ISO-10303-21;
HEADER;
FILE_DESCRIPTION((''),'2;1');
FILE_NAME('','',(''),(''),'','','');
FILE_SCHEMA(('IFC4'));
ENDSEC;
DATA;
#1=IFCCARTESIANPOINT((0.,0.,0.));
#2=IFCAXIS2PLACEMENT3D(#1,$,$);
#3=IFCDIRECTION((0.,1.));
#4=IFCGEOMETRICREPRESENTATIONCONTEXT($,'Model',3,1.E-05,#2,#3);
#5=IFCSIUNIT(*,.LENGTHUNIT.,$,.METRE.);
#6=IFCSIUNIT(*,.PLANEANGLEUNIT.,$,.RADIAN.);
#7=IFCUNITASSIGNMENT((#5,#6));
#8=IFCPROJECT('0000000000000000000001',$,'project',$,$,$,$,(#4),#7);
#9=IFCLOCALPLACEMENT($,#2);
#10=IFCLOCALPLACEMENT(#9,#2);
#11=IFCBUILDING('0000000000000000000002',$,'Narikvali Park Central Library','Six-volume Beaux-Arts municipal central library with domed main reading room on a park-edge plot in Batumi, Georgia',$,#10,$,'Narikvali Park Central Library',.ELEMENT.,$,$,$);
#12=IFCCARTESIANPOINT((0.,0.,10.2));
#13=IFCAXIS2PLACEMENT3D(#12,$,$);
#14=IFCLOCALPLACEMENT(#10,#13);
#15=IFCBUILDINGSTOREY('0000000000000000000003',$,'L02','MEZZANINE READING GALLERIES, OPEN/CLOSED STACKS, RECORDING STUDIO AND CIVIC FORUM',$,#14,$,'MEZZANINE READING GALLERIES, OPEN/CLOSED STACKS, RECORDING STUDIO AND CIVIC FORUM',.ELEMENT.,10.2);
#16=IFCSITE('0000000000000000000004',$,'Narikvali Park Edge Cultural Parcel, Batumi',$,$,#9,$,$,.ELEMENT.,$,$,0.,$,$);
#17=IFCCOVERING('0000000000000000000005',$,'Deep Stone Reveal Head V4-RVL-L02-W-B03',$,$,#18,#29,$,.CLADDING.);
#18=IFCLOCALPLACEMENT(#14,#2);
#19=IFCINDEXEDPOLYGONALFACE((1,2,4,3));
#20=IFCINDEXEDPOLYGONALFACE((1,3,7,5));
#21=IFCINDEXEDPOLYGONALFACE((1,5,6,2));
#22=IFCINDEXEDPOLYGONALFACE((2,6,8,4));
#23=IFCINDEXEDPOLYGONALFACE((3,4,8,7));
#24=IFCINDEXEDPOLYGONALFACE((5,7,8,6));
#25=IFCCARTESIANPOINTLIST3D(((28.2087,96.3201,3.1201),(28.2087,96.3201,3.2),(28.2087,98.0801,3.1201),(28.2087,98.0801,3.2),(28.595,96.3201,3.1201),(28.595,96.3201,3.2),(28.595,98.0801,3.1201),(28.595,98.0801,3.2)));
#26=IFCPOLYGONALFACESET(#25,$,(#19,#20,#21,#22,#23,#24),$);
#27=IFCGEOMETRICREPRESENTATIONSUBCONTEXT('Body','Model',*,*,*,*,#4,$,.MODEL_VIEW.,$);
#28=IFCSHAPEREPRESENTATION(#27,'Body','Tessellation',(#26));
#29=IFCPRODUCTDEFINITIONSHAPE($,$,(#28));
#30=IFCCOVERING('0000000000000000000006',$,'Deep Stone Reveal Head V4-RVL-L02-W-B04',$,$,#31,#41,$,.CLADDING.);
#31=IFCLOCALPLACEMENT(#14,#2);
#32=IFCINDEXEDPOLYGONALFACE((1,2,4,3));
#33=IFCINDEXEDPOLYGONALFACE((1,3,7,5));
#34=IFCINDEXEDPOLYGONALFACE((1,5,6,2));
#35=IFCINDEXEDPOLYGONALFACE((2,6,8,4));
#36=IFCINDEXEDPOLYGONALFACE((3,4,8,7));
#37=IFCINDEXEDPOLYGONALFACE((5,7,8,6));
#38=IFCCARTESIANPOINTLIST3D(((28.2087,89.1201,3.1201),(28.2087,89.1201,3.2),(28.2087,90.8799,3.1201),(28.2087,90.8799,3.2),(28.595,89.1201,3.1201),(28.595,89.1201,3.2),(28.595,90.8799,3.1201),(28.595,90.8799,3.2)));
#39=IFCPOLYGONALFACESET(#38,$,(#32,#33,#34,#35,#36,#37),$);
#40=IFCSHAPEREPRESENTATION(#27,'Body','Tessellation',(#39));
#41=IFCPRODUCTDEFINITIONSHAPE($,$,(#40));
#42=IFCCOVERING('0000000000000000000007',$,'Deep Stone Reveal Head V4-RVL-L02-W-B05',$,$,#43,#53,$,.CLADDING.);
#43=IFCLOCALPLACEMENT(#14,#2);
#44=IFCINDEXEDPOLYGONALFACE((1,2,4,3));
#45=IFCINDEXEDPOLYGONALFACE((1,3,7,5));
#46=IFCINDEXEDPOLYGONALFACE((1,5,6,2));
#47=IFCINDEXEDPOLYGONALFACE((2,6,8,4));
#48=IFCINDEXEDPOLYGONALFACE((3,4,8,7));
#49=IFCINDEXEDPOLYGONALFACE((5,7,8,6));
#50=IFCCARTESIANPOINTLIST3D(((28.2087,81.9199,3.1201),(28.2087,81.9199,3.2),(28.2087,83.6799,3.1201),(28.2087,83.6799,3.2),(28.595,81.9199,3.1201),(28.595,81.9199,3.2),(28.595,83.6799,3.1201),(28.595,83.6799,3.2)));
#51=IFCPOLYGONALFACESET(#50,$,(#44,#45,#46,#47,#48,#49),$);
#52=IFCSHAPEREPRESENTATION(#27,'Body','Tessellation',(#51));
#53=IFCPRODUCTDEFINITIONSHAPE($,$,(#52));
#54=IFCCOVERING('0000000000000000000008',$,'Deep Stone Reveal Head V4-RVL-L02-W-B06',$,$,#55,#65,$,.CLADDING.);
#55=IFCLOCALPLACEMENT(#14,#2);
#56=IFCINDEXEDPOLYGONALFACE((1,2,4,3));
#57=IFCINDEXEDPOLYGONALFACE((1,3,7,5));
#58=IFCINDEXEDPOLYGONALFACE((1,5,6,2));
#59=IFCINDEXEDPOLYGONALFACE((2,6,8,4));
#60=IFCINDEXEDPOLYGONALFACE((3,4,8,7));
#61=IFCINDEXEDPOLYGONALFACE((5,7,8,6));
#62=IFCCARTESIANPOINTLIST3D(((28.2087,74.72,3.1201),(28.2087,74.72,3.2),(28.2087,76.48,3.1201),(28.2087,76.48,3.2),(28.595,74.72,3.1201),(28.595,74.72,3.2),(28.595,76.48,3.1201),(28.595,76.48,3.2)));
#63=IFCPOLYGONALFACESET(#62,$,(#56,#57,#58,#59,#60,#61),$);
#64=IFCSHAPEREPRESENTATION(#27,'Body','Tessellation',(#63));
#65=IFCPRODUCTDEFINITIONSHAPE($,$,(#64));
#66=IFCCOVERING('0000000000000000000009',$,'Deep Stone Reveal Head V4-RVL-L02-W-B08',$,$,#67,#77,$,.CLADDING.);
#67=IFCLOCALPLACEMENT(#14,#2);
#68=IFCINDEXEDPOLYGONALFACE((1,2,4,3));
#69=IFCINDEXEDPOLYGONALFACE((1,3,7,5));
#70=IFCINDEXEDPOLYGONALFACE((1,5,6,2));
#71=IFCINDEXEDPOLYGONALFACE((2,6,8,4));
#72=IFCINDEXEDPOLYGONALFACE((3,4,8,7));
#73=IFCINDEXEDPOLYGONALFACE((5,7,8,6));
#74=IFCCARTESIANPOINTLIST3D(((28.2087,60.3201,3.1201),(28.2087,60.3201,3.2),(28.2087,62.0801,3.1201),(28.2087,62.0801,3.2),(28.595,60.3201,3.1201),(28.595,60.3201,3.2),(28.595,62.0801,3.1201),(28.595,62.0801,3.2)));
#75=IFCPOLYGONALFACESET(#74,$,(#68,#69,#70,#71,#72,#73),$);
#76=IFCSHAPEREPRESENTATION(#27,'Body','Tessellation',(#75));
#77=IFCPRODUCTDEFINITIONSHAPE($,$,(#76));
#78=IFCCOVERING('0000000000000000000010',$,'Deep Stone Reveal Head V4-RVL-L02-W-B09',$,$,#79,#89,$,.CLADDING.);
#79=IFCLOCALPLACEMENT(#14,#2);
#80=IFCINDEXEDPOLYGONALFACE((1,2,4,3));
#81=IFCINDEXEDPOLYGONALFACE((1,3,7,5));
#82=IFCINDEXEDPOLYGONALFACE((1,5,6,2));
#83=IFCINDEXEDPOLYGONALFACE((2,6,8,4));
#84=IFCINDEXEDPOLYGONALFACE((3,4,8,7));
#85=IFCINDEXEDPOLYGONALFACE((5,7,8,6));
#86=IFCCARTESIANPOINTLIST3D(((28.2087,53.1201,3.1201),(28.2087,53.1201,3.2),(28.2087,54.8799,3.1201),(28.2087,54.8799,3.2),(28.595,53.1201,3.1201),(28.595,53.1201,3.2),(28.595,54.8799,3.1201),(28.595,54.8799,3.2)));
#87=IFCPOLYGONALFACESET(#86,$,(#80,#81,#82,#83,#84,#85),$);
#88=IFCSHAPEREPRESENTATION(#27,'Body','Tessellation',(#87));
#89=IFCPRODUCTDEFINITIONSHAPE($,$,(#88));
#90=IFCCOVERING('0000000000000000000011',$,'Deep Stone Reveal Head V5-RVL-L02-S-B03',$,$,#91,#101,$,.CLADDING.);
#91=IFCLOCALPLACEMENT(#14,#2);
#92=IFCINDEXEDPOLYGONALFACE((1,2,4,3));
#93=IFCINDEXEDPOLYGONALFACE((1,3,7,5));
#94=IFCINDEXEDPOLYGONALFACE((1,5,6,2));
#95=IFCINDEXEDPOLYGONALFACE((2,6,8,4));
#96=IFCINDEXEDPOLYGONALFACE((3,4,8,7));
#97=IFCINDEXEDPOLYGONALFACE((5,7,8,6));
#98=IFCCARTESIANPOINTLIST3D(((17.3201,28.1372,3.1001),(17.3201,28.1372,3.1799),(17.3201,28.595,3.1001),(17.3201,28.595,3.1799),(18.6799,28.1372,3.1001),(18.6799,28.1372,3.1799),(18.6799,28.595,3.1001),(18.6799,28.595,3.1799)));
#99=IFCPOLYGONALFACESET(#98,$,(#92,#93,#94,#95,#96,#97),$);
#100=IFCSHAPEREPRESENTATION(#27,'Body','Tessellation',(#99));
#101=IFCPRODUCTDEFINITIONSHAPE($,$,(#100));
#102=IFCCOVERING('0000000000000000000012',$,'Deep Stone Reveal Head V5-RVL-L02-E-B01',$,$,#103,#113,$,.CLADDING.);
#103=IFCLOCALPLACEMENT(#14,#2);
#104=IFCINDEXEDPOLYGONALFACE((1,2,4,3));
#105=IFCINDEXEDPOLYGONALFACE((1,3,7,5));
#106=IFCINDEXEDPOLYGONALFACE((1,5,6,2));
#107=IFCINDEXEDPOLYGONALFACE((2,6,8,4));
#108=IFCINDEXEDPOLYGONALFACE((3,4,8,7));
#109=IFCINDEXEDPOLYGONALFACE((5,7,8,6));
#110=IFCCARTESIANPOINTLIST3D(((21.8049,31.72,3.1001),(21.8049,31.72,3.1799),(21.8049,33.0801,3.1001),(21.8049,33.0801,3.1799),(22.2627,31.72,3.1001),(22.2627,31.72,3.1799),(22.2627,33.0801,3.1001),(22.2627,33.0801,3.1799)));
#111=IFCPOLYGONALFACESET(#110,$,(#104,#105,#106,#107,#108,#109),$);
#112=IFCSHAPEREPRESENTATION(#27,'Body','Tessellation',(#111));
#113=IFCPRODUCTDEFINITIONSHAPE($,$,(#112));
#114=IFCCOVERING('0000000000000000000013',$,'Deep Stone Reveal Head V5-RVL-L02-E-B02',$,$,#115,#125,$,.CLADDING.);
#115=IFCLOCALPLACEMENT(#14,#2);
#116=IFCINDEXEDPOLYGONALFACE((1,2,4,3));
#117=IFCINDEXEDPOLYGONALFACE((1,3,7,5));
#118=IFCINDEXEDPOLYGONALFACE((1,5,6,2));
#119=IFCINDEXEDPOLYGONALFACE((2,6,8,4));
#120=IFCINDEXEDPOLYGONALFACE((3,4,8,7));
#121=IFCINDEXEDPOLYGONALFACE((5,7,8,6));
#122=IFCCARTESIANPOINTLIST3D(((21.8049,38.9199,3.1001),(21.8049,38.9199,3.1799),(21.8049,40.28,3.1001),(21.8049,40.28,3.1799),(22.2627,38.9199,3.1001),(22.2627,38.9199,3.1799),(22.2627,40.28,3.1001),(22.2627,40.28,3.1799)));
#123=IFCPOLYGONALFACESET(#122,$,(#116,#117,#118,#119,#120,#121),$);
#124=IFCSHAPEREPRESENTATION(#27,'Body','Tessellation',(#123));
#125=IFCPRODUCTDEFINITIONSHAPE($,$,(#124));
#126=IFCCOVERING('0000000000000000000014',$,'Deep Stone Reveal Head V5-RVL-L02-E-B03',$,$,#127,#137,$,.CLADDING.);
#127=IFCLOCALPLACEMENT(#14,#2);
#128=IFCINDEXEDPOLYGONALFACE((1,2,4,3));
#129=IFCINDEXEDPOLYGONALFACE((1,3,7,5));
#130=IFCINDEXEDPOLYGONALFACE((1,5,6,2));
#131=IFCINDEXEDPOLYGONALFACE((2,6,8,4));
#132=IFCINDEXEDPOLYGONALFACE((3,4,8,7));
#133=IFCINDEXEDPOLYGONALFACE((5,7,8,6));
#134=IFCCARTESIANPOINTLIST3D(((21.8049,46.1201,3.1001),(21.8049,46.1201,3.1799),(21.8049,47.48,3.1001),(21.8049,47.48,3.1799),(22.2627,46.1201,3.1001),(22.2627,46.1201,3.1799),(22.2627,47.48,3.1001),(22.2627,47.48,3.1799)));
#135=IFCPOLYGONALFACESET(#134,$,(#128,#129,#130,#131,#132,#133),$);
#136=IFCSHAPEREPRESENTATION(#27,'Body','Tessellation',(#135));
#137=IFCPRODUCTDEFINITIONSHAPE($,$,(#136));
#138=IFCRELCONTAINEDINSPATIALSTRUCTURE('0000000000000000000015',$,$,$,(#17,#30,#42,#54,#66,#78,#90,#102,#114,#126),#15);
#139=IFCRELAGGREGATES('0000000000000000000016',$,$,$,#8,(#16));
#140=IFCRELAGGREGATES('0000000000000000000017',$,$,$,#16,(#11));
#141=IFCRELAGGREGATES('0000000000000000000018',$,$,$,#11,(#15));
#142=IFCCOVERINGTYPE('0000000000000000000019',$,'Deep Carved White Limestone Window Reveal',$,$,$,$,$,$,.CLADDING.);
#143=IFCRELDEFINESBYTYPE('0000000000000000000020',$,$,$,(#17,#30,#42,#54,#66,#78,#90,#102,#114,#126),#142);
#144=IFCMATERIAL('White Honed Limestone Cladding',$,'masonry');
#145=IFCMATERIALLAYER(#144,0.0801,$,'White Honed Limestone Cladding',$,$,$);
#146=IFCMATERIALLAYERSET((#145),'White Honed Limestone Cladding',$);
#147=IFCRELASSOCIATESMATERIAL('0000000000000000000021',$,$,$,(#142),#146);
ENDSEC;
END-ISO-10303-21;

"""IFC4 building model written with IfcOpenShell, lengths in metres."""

from ifc_helpers import new_model, si_unit, direction, frame, origin, place, context, subcontext, project, spatial, polyline, outline, extrude, material, layer, layer_set, type_object, element, save


model = new_model("IFC4")

# Units and contexts
model_context = context("Model", 3, precision=1e-05, world=origin(), true_north=direction((0.0, 1.0)))
body_context = subcontext(model_context, "Body", "Model", "MODEL_VIEW")
ifc_project = project(units=[si_unit("LENGTHUNIT", "METRE"), si_unit("PLANEANGLEUNIT", "RADIAN")], contexts=[model_context])

# Site, building, storey
site_placement = place(None, origin())
site = spatial("IfcSite", under=ifc_project, at=site_placement, Name="Narikvali Park Edge Cultural Parcel, Batumi", CompositionType="ELEMENT", RefElevation=0.0)
building_placement = place(site_placement, origin())
building = spatial("IfcBuilding", under=site, at=building_placement, Name="Narikvali Park Central Library", Description="Six-volume Beaux-Arts municipal central library with domed main reading room on a park-edge plot in Batumi, Georgia", LongName="Narikvali Park Central Library", CompositionType="ELEMENT")
storey_placement = place(building_placement, frame((0.0, 0.0, 10.2)))
storey = spatial("IfcBuildingStorey", under=building, at=storey_placement, Name="L02", Description="MEZZANINE READING GALLERIES, OPEN/CLOSED STACKS, RECORDING STUDIO AND CIVIC FORUM", LongName="MEZZANINE READING GALLERIES, OPEN/CLOSED STACKS, RECORDING STUDIO AND CIVIC FORUM", CompositionType="ELEMENT", Elevation=10.2)

# Coverings
ifc_material = material(Name="White Honed Limestone Cladding", Category="masonry")
ifc_layer = layer(ifc_material, 0.0801, Name="White Honed Limestone Cladding")
ifc_layer_set = layer_set([ifc_layer], Name="White Honed Limestone Cladding")
covering_type = type_object("IfcCoveringType", Name="Deep Carved White Limestone Window Reveal", PredefinedType="CLADDING", material=ifc_layer_set)
covering_1_placement = place(storey_placement, frame((0.0, 0.0, 3.1201)))
element("IfcCovering", 1, at=covering_1_placement, inside=storey, type_object=covering_type, Name="Deep Stone Reveal Head V4-RVL-L02-W-B03", PredefinedType="CLADDING", context=body_context, shape_type="SweptSolid", body=[
    extrude(outline(polyline([(28.595, 98.0801), (28.595, 96.3201), (28.2087, 96.3201), (28.2087, 98.0801), (28.595, 98.0801)])), origin(), (0.0, 0.0, 1.0), 0.0798),
])
covering_2_placement = place(storey_placement, frame((0.0, 0.0, 3.1201)))
element("IfcCovering", 2, at=covering_2_placement, inside=storey, type_object=covering_type, Name="Deep Stone Reveal Head V4-RVL-L02-W-B04", PredefinedType="CLADDING", context=body_context, shape_type="SweptSolid", body=[
    extrude(outline(polyline([(28.595, 90.8799), (28.595, 89.1201), (28.2087, 89.1201), (28.2087, 90.8799), (28.595, 90.8799)])), origin(), (0.0, 0.0, 1.0), 0.0798),
])
covering_3_placement = place(storey_placement, frame((0.0, 0.0, 3.1201)))
element("IfcCovering", 3, at=covering_3_placement, inside=storey, type_object=covering_type, Name="Deep Stone Reveal Head V4-RVL-L02-W-B05", PredefinedType="CLADDING", context=body_context, shape_type="SweptSolid", body=[
    extrude(outline(polyline([(28.595, 83.6799), (28.595, 81.9199), (28.2087, 81.9199), (28.2087, 83.6799), (28.595, 83.6799)])), origin(), (0.0, 0.0, 1.0), 0.0798),
])
covering_4_placement = place(storey_placement, frame((0.0, 0.0, 3.1201)))
element("IfcCovering", 4, at=covering_4_placement, inside=storey, type_object=covering_type, Name="Deep Stone Reveal Head V4-RVL-L02-W-B06", PredefinedType="CLADDING", context=body_context, shape_type="SweptSolid", body=[
    extrude(outline(polyline([(28.595, 76.48), (28.595, 74.72), (28.2087, 74.72), (28.2087, 76.48), (28.595, 76.48)])), origin(), (0.0, 0.0, 1.0), 0.0798),
])
covering_5_placement = place(storey_placement, frame((0.0, 0.0, 3.1201)))
element("IfcCovering", 5, at=covering_5_placement, inside=storey, type_object=covering_type, Name="Deep Stone Reveal Head V4-RVL-L02-W-B08", PredefinedType="CLADDING", context=body_context, shape_type="SweptSolid", body=[
    extrude(outline(polyline([(28.595, 62.0801), (28.595, 60.3201), (28.2087, 60.3201), (28.2087, 62.0801), (28.595, 62.0801)])), origin(), (0.0, 0.0, 1.0), 0.0798),
])
covering_6_placement = place(storey_placement, frame((0.0, 0.0, 3.1201)))
element("IfcCovering", 6, at=covering_6_placement, inside=storey, type_object=covering_type, Name="Deep Stone Reveal Head V4-RVL-L02-W-B09", PredefinedType="CLADDING", context=body_context, shape_type="SweptSolid", body=[
    extrude(outline(polyline([(28.595, 54.8799), (28.595, 53.1201), (28.2087, 53.1201), (28.2087, 54.8799), (28.595, 54.8799)])), origin(), (0.0, 0.0, 1.0), 0.0798),
])
covering_7_placement = place(storey_placement, frame((0.0, 0.0, 3.1001)))
element("IfcCovering", 7, at=covering_7_placement, inside=storey, type_object=covering_type, Name="Deep Stone Reveal Head V5-RVL-L02-S-B03", PredefinedType="CLADDING", context=body_context, shape_type="SweptSolid", body=[
    extrude(outline(polyline([(17.3201, 28.595), (18.6799, 28.595), (18.6799, 28.1372), (17.3201, 28.1372), (17.3201, 28.595)])), origin(), (0.0, 0.0, 1.0), 0.0798),
])
covering_8_placement = place(storey_placement, frame((0.0, 0.0, 3.1001)))
element("IfcCovering", 8, at=covering_8_placement, inside=storey, type_object=covering_type, Name="Deep Stone Reveal Head V5-RVL-L02-E-B01", PredefinedType="CLADDING", context=body_context, shape_type="SweptSolid", body=[
    extrude(outline(polyline([(21.8049, 31.72), (21.8049, 33.0801), (22.2627, 33.0801), (22.2627, 31.72), (21.8049, 31.72)])), origin(), (0.0, 0.0, 1.0), 0.0798),
])
covering_9_placement = place(storey_placement, frame((0.0, 0.0, 3.1001)))
element("IfcCovering", 9, at=covering_9_placement, inside=storey, type_object=covering_type, Name="Deep Stone Reveal Head V5-RVL-L02-E-B02", PredefinedType="CLADDING", context=body_context, shape_type="SweptSolid", body=[
    extrude(outline(polyline([(21.8049, 38.9199), (21.8049, 40.28), (22.2627, 40.28), (22.2627, 38.9199), (21.8049, 38.9199)])), origin(), (0.0, 0.0, 1.0), 0.0798),
])
covering_10_placement = place(storey_placement, frame((0.0, 0.0, 3.1001)))
element("IfcCovering", 10, at=covering_10_placement, inside=storey, type_object=covering_type, Name="Deep Stone Reveal Head V5-RVL-L02-E-B03", PredefinedType="CLADDING", context=body_context, shape_type="SweptSolid", body=[
    extrude(outline(polyline([(21.8049, 46.1201), (21.8049, 47.48), (22.2627, 47.48), (22.2627, 46.1201), (21.8049, 46.1201)])), origin(), (0.0, 0.0, 1.0), 0.0798),
])

save(model, "model.ifc")
